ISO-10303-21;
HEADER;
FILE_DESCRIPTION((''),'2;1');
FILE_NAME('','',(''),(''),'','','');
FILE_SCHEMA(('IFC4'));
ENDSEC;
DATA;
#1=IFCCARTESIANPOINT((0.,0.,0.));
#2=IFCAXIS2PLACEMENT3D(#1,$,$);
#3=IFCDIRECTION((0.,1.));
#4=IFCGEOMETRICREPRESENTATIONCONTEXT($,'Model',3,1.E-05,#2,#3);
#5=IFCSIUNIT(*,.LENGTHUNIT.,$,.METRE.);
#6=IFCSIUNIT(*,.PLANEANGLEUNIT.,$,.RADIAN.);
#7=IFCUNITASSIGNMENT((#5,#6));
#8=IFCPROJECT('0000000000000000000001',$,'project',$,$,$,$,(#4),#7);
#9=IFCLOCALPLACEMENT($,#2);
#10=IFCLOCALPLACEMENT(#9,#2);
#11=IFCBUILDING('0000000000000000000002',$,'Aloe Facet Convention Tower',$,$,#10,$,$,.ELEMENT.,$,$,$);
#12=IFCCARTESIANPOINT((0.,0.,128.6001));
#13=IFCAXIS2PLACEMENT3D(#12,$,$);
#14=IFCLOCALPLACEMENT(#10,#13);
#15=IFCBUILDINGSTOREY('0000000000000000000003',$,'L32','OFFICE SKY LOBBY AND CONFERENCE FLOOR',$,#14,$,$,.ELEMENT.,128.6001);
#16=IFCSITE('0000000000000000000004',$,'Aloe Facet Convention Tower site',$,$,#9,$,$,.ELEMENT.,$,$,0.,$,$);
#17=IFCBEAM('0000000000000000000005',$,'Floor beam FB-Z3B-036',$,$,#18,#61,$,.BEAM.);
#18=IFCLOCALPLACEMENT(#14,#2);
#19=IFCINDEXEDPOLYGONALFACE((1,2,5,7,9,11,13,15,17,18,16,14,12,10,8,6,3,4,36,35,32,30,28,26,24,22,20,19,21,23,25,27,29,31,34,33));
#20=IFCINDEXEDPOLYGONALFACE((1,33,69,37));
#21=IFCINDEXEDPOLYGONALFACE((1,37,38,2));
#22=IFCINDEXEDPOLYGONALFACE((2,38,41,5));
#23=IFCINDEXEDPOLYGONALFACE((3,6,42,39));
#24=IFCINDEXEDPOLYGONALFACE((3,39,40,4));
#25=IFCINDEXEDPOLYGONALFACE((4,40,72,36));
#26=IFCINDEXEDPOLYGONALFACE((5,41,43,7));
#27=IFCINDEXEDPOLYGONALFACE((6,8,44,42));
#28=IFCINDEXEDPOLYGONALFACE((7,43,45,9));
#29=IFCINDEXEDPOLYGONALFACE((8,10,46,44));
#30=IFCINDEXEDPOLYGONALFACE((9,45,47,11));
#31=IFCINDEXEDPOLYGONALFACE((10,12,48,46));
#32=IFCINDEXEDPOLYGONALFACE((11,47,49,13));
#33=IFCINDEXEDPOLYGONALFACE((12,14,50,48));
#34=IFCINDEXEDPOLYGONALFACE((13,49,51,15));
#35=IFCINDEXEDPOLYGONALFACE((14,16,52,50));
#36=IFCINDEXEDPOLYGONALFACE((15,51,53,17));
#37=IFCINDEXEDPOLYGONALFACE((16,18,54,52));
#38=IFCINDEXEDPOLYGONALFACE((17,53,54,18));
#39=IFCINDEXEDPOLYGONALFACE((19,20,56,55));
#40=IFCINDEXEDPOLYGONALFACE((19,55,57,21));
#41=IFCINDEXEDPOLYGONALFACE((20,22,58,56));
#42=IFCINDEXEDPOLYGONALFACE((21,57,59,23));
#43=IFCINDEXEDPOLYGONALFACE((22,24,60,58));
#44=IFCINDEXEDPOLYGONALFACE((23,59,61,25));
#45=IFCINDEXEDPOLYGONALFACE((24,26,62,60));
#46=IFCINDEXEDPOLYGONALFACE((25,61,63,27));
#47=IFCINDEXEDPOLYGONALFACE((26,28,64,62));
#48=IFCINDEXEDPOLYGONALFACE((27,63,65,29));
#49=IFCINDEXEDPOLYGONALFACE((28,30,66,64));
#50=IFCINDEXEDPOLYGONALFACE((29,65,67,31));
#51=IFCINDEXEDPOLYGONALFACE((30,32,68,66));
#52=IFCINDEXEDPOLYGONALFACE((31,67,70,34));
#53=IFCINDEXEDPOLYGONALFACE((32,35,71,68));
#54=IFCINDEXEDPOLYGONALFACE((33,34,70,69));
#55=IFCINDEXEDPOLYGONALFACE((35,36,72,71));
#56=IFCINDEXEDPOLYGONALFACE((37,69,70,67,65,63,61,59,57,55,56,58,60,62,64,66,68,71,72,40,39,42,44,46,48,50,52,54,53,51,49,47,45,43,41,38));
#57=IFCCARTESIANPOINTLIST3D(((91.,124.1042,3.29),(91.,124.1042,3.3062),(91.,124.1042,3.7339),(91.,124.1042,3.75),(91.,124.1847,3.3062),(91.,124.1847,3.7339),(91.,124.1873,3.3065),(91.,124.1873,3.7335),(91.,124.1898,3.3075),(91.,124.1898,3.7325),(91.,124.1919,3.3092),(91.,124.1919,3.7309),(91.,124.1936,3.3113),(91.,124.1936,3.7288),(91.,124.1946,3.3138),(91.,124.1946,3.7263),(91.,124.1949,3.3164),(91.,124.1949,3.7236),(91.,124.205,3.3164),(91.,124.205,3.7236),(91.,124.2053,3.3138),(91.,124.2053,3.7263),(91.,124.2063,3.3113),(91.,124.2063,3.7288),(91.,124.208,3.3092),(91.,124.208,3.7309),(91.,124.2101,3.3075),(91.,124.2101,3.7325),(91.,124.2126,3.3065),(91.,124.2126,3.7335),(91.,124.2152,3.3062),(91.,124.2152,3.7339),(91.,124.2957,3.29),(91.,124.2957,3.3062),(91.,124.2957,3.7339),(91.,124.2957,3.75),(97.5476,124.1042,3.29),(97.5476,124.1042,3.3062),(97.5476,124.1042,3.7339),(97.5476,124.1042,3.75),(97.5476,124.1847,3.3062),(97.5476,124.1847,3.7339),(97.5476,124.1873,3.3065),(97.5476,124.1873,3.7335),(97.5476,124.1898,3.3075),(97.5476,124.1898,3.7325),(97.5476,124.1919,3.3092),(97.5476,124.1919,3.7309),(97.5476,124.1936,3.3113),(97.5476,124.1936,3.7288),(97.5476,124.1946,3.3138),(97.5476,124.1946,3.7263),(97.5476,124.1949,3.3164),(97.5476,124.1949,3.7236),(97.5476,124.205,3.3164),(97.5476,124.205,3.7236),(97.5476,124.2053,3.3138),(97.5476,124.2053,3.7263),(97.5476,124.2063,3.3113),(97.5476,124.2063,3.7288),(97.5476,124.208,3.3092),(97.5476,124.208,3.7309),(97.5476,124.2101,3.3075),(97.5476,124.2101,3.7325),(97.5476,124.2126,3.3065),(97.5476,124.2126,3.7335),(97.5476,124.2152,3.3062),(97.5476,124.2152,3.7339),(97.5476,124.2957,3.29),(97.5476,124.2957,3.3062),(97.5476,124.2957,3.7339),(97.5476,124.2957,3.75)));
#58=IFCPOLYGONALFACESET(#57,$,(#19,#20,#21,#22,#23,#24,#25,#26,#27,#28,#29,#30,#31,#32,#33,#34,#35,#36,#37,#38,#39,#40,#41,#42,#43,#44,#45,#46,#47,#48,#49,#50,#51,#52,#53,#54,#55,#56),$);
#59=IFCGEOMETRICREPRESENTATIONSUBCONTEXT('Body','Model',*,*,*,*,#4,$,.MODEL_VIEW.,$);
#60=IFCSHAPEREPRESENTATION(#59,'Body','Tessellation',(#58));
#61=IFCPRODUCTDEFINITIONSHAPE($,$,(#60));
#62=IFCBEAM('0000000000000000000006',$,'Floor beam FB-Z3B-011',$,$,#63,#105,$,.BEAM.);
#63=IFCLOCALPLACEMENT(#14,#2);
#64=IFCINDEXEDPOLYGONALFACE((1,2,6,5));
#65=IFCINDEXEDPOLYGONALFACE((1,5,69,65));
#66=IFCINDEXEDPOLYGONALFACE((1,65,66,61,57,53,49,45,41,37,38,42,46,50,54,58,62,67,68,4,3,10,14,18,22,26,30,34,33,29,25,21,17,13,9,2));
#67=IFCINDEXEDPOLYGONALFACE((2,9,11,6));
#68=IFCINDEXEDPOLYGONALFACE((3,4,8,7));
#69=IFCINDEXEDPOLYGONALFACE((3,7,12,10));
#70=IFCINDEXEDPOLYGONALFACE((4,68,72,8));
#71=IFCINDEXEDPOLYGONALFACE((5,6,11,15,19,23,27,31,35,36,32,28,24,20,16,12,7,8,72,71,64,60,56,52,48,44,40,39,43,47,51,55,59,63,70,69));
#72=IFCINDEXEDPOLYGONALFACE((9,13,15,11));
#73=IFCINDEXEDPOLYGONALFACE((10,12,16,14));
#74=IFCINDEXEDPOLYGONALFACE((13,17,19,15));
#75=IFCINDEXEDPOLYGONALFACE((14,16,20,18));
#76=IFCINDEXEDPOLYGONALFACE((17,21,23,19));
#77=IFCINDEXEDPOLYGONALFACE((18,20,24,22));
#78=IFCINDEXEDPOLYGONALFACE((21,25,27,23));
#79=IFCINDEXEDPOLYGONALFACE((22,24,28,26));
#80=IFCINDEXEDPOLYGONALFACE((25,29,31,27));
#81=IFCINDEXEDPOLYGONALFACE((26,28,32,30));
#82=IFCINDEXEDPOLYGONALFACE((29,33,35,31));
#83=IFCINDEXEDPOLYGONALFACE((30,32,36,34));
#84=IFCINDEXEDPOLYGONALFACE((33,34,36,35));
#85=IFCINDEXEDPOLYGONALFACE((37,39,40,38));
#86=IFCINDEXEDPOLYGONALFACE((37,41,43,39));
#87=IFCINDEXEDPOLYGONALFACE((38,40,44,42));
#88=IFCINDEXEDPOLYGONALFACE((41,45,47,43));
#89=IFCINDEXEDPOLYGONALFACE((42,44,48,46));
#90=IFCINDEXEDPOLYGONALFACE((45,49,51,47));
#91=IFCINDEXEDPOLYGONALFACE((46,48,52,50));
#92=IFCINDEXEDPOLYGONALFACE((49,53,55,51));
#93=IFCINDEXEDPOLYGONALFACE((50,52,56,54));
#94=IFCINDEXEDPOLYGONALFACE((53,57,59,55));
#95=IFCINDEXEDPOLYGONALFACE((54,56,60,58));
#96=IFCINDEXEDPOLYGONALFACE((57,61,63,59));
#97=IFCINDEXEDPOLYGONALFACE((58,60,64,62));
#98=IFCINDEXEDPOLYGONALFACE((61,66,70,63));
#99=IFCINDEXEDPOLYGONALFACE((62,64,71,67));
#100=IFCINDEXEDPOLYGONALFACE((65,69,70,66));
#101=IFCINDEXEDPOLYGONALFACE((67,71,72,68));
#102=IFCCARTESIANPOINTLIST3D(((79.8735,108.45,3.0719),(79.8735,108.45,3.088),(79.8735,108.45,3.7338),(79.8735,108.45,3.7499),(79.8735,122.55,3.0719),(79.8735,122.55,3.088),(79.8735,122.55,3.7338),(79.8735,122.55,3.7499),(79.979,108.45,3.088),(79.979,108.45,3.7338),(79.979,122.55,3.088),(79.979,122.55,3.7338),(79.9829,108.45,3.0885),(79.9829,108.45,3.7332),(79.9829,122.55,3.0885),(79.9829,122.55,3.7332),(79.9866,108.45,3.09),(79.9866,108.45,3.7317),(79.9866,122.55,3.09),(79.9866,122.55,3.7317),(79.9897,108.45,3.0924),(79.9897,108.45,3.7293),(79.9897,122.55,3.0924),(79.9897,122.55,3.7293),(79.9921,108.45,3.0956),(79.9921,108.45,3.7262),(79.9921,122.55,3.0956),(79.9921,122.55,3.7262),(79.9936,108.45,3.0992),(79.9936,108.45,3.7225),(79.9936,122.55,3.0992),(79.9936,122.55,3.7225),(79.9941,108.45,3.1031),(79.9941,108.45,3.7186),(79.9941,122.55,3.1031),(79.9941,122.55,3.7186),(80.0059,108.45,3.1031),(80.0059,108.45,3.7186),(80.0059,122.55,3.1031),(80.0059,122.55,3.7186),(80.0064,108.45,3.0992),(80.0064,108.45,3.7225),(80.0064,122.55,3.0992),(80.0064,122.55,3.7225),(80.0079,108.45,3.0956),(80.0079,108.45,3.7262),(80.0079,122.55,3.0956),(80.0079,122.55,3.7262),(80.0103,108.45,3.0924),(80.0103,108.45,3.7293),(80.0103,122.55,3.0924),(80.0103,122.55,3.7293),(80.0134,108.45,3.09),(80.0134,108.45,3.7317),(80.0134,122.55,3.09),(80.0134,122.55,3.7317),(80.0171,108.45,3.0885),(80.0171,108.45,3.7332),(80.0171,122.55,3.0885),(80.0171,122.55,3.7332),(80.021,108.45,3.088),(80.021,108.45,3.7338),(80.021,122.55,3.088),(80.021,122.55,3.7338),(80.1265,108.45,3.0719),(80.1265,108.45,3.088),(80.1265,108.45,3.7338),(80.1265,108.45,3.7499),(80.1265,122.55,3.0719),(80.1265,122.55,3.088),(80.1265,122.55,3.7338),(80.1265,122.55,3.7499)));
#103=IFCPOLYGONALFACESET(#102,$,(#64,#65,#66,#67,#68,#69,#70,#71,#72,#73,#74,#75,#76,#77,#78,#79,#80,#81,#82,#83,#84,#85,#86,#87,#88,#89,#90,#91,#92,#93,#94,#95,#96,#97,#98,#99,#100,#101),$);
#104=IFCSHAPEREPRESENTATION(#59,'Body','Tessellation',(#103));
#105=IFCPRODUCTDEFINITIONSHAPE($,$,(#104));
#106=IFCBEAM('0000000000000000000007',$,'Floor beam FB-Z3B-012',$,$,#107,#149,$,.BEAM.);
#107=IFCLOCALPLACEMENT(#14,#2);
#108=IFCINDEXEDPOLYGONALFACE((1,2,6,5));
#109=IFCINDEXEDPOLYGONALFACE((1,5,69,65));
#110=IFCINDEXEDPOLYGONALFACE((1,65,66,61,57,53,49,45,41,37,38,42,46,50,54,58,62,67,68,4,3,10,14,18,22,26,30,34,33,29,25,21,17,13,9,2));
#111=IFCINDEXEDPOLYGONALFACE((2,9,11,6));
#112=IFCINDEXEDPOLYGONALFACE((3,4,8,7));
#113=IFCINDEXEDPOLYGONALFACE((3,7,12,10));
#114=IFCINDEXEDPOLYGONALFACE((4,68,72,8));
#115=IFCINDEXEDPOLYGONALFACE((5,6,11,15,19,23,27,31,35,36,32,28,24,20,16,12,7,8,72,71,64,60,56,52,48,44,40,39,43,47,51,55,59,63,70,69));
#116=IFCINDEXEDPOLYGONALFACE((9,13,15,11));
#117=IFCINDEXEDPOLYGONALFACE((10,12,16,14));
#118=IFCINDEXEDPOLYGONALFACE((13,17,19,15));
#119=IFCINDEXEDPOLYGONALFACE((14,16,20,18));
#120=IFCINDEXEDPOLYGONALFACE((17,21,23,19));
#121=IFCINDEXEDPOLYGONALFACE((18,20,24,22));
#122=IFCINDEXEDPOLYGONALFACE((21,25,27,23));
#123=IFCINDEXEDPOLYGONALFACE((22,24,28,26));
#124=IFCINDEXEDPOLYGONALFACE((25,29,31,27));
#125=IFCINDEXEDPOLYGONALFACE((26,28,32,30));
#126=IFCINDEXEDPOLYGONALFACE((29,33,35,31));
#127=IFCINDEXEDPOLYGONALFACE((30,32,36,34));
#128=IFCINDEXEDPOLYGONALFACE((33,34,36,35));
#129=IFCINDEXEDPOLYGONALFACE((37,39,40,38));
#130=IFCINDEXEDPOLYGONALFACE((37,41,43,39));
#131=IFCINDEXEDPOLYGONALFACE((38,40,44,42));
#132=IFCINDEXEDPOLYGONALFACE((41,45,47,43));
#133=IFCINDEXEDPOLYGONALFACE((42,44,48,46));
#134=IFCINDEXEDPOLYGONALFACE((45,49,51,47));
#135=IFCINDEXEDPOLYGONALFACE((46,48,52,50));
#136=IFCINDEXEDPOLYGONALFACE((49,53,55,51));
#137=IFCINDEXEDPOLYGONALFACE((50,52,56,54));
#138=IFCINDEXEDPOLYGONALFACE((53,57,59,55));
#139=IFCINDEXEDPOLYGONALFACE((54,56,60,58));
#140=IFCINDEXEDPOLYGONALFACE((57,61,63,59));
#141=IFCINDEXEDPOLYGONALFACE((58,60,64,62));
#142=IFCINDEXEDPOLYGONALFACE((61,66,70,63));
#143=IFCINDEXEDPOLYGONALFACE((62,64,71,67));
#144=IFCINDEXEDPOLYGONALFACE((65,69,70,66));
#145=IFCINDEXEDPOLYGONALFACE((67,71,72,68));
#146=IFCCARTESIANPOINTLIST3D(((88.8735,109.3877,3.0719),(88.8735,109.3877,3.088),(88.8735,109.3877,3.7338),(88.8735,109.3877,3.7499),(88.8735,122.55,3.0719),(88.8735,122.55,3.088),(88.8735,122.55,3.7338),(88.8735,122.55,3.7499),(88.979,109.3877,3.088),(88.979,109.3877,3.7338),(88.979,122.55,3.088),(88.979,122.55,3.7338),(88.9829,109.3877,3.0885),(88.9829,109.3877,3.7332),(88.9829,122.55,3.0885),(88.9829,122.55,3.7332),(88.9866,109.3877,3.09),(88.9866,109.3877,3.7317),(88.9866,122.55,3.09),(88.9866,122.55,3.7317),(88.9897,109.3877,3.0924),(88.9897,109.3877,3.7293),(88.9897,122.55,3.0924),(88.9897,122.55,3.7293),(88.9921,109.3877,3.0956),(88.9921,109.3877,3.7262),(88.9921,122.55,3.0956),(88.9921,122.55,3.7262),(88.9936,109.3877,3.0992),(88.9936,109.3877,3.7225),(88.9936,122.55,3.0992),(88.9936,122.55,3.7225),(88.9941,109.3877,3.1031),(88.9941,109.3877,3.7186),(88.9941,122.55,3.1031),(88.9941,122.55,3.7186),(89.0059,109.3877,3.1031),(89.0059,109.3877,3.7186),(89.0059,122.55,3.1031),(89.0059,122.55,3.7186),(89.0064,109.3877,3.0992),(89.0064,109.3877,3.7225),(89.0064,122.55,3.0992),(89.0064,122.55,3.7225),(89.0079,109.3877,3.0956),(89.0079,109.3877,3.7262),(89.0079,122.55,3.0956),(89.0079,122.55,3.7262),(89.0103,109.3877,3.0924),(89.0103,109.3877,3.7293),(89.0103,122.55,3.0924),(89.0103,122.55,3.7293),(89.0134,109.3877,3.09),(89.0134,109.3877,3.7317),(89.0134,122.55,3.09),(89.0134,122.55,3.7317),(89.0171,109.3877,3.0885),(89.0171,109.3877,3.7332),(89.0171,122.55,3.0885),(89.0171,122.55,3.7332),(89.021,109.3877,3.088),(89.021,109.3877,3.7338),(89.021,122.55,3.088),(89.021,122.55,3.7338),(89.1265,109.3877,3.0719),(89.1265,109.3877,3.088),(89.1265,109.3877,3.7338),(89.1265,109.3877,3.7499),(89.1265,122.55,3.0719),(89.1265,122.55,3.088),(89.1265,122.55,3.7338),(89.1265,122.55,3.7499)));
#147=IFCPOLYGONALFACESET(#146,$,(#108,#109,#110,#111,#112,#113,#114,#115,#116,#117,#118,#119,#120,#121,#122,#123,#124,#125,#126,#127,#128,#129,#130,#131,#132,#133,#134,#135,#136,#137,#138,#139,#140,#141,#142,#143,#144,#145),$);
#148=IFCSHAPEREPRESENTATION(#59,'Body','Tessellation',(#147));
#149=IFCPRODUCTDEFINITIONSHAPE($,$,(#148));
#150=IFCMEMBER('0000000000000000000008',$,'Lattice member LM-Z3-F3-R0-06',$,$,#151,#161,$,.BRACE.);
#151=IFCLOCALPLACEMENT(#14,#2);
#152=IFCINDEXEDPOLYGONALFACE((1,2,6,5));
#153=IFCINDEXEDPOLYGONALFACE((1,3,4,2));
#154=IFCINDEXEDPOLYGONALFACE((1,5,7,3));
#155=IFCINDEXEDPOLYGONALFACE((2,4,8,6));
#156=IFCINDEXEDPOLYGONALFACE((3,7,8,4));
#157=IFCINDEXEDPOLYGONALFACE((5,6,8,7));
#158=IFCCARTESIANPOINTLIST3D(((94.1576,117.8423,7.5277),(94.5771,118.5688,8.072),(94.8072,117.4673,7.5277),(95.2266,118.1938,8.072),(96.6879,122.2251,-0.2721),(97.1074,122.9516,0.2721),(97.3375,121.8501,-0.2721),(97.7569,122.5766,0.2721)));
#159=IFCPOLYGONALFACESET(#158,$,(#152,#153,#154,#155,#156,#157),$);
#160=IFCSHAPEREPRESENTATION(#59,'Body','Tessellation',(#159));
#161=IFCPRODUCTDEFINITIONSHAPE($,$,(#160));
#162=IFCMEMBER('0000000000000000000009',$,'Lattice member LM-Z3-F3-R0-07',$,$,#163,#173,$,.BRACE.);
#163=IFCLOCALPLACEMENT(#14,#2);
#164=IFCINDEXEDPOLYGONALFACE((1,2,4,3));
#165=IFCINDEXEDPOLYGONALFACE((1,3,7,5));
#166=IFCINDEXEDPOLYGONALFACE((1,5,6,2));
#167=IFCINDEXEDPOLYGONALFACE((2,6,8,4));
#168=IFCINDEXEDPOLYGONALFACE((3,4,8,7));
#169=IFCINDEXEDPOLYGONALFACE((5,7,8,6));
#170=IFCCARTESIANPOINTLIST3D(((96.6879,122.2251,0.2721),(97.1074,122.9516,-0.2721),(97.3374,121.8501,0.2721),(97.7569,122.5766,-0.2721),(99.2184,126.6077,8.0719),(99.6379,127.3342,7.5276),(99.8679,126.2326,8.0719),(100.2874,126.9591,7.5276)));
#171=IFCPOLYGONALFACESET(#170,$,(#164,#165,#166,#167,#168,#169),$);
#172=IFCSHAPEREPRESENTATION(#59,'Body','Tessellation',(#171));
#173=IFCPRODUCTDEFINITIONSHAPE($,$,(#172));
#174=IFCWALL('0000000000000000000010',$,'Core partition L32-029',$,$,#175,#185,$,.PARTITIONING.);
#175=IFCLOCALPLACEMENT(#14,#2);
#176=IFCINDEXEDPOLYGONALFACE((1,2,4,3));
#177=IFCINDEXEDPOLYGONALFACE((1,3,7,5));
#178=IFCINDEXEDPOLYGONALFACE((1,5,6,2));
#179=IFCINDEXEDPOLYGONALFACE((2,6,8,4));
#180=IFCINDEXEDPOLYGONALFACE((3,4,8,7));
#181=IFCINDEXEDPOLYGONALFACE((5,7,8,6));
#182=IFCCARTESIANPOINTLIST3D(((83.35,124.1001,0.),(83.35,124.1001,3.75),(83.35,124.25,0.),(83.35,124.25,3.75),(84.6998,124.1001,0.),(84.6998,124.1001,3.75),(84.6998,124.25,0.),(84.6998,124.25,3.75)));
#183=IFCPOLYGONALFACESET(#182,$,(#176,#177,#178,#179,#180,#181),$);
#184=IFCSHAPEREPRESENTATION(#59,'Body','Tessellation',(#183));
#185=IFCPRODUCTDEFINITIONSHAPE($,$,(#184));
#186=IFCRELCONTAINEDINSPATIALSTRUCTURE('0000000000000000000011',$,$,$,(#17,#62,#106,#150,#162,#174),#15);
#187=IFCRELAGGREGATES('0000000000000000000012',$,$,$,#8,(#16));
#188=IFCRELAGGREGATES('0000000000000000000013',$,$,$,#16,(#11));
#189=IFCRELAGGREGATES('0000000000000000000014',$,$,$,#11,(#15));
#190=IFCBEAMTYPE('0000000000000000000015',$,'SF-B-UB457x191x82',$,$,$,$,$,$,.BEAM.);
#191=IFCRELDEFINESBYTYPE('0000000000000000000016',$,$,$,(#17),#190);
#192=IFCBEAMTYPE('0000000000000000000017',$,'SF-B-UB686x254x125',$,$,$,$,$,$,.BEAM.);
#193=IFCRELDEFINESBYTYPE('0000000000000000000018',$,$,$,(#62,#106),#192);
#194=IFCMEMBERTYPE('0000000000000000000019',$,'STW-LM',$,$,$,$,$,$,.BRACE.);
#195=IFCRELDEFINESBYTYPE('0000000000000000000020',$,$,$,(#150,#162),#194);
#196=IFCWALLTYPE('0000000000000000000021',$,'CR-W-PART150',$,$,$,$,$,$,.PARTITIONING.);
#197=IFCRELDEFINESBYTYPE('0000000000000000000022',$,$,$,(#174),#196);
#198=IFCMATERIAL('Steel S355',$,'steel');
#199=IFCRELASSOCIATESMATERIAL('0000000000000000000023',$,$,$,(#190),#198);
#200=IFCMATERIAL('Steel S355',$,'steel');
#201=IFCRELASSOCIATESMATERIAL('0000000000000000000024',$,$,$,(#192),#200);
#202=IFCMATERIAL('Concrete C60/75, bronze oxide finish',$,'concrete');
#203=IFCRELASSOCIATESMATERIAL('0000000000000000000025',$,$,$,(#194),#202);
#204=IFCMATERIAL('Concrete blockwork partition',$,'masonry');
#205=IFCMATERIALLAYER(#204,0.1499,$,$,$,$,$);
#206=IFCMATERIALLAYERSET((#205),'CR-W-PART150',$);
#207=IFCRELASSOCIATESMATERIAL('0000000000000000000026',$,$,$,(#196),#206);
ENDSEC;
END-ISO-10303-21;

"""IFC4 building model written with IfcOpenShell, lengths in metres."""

from ifc_helpers import new_model, si_unit, direction, frame, frame_2d, origin, origin_2d, place, context, subcontext, project, spatial, rectangle, i_section, extrude, material, layer, layer_set, material_profile, profile_set, type_object, element, save


model = new_model("IFC4")

# Units and contexts
model_context = context("Model", 3, precision=1e-05, world=origin(), true_north=direction((0.0, 1.0)))
body_context = subcontext(model_context, "Body", "Model", "MODEL_VIEW")
ifc_project = project(units=[si_unit("LENGTHUNIT", "METRE"), si_unit("PLANEANGLEUNIT", "RADIAN")], contexts=[model_context])

# Site, building, storey
site_placement = place(None, origin())
site = spatial("IfcSite", under=ifc_project, at=site_placement, Name="Aloe Facet Convention Tower site", CompositionType="ELEMENT", RefElevation=0.0)
building_placement = place(site_placement, origin())
building = spatial("IfcBuilding", under=site, at=building_placement, Name="Aloe Facet Convention Tower", CompositionType="ELEMENT")
storey_placement = place(building_placement, frame((0.0, 0.0, 128.6001)))
storey = spatial("IfcBuildingStorey", under=building, at=storey_placement, Name="L32", Description="OFFICE SKY LOBBY AND CONFERENCE FLOOR", CompositionType="ELEMENT", Elevation=128.6001)

# Beams
ifc_material_1 = material(Name="Steel S355", Category="steel")
ifc_material_profile_1 = material_profile(ifc_material_1, i_section(OverallWidth=0.1914, OverallDepth=0.46, WebThickness=0.01, FlangeThickness=0.0161, FilletRadius=0.0103, at=origin_2d()), Name="UB 457x191x82")
ifc_profile_set_1 = profile_set([ifc_material_profile_1], Name="Steel S355")
beam_type_1 = type_object("IfcBeamType", Name="SF-B-UB457x191x82", PredefinedType="BEAM", material=ifc_profile_set_1)
beam_1_placement = place(storey_placement, frame((91.0, 124.2, 3.52), z_axis=(1.0, 0.0, 0.0), x_axis=(0.0, 1.0, 0.0)))
element("IfcBeam", 1, at=beam_1_placement, inside=storey, type_object=beam_type_1, Name="Floor beam FB-Z3B-036", PredefinedType="BEAM", context=body_context, shape_type="SweptSolid", body=[
    extrude(i_section(OverallWidth=0.1914, OverallDepth=0.46, WebThickness=0.01, FlangeThickness=0.0161, FilletRadius=0.0103, at=origin_2d()), origin(), (0.0, 0.0, 1.0), 6.5476),
])
ifc_material_2 = material(Name="Steel S355", Category="steel")
ifc_material_profile_2 = material_profile(ifc_material_2, i_section(OverallWidth=0.2529, OverallDepth=0.678, WebThickness=0.0117, FlangeThickness=0.0161, FilletRadius=0.0151, at=origin_2d()), Name="UB 686x254x125")
ifc_profile_set_2 = profile_set([ifc_material_profile_2], Name="Steel S355")
beam_type_2 = type_object("IfcBeamType", Name="SF-B-UB686x254x125", PredefinedType="BEAM", material=ifc_profile_set_2)
beam_2_placement = place(storey_placement, frame((80.0, 122.55, 3.4109), z_axis=(0.0, -1.0, 0.0), x_axis=(1.0, 0.0, 0.0)))
element("IfcBeam", 2, at=beam_2_placement, inside=storey, type_object=beam_type_2, Name="Floor beam FB-Z3B-011", PredefinedType="BEAM", context=body_context, shape_type="SweptSolid", body=[
    extrude(i_section(OverallWidth=0.2529, OverallDepth=0.678, WebThickness=0.0117, FlangeThickness=0.0161, FilletRadius=0.0151, at=origin_2d()), origin(), (0.0, 0.0, 1.0), 14.1001),
])
beam_3_placement = place(storey_placement, frame((89.0, 122.55, 3.4109), z_axis=(0.0, -1.0, 0.0), x_axis=(1.0, 0.0, 0.0)))
element("IfcBeam", 3, at=beam_3_placement, inside=storey, type_object=beam_type_2, Name="Floor beam FB-Z3B-012", PredefinedType="BEAM", context=body_context, shape_type="SweptSolid", body=[
    extrude(i_section(OverallWidth=0.2529, OverallDepth=0.678, WebThickness=0.0117, FlangeThickness=0.0161, FilletRadius=0.0151, at=origin_2d()), origin(), (0.0, 0.0, 1.0), 13.1624),
])

# Members
ifc_material_3 = material(Name="Concrete C60/75, bronze oxide finish", Category="concrete")
ifc_material_profile_3 = material_profile(ifc_material_3, rectangle(XDim=0.75, YDim=1.0, at=origin_2d()), Name="STW-LM")
ifc_profile_set_3 = profile_set([ifc_material_profile_3], Name="Concrete C60/75, bronze oxide finish")
member_type = type_object("IfcMemberType", Name="STW-LM", PredefinedType="BRACE", material=ifc_profile_set_3)
member_1_placement = place(storey_placement, frame((97.2224, 122.4009, 0.0), z_axis=(-0.272138, -0.471384, 0.838891), x_axis=(0.866038, -0.499979, 0.0)))
element("IfcMember", 4, at=member_1_placement, inside=storey, type_object=member_type, Name="Lattice member LM-Z3-F3-R0-06", PredefinedType="BRACE", context=body_context, shape_type="SweptSolid", body=[
    extrude(rectangle(XDim=0.75, YDim=1.0, at=origin_2d()), origin(), (0.0, 0.0, 1.0), 9.2979),
])
member_2_placement = place(storey_placement, frame((97.2224, 122.4009, 0.0), z_axis=(0.272166, 0.47136, 0.838895), x_axis=(-0.866005, 0.500036, 0.0)))
element("IfcMember", 5, at=member_2_placement, inside=storey, type_object=member_type, Name="Lattice member LM-Z3-F3-R0-07", PredefinedType="BRACE", context=body_context, shape_type="SweptSolid", body=[
    extrude(rectangle(XDim=0.75, YDim=1.0, at=origin_2d()), origin(), (0.0, 0.0, 1.0), 9.2976),
])

# Wall
ifc_material_4 = material(Name="Concrete blockwork partition", Category="masonry")
ifc_layer_1 = layer(ifc_material_4, 0.1499)
ifc_layer_set_1 = layer_set([ifc_layer_1], Name="CR-W-PART150")
wall_type_1 = type_object("IfcWallType", Name="CR-W-PART150", PredefinedType="PARTITIONING", material=ifc_layer_set_1)
wall_1_placement = place(storey_placement, frame((83.3501, 124.175, 0.0), z_axis=(0.0, 0.0, 1.0), x_axis=(1.0, 0.0, 0.0)))
element("IfcWall", 6, at=wall_1_placement, inside=storey, type_object=wall_type_1, Name="Core partition L32-029", PredefinedType="PARTITIONING", context=body_context, shape_type="SweptSolid", body=[
    extrude(rectangle(XDim=1.3499, YDim=0.1499, at=frame_2d((0.6748, 0.0))), origin(), (0.0, 0.0, 1.0), 3.75),
])

save(model, "model.ifc")
